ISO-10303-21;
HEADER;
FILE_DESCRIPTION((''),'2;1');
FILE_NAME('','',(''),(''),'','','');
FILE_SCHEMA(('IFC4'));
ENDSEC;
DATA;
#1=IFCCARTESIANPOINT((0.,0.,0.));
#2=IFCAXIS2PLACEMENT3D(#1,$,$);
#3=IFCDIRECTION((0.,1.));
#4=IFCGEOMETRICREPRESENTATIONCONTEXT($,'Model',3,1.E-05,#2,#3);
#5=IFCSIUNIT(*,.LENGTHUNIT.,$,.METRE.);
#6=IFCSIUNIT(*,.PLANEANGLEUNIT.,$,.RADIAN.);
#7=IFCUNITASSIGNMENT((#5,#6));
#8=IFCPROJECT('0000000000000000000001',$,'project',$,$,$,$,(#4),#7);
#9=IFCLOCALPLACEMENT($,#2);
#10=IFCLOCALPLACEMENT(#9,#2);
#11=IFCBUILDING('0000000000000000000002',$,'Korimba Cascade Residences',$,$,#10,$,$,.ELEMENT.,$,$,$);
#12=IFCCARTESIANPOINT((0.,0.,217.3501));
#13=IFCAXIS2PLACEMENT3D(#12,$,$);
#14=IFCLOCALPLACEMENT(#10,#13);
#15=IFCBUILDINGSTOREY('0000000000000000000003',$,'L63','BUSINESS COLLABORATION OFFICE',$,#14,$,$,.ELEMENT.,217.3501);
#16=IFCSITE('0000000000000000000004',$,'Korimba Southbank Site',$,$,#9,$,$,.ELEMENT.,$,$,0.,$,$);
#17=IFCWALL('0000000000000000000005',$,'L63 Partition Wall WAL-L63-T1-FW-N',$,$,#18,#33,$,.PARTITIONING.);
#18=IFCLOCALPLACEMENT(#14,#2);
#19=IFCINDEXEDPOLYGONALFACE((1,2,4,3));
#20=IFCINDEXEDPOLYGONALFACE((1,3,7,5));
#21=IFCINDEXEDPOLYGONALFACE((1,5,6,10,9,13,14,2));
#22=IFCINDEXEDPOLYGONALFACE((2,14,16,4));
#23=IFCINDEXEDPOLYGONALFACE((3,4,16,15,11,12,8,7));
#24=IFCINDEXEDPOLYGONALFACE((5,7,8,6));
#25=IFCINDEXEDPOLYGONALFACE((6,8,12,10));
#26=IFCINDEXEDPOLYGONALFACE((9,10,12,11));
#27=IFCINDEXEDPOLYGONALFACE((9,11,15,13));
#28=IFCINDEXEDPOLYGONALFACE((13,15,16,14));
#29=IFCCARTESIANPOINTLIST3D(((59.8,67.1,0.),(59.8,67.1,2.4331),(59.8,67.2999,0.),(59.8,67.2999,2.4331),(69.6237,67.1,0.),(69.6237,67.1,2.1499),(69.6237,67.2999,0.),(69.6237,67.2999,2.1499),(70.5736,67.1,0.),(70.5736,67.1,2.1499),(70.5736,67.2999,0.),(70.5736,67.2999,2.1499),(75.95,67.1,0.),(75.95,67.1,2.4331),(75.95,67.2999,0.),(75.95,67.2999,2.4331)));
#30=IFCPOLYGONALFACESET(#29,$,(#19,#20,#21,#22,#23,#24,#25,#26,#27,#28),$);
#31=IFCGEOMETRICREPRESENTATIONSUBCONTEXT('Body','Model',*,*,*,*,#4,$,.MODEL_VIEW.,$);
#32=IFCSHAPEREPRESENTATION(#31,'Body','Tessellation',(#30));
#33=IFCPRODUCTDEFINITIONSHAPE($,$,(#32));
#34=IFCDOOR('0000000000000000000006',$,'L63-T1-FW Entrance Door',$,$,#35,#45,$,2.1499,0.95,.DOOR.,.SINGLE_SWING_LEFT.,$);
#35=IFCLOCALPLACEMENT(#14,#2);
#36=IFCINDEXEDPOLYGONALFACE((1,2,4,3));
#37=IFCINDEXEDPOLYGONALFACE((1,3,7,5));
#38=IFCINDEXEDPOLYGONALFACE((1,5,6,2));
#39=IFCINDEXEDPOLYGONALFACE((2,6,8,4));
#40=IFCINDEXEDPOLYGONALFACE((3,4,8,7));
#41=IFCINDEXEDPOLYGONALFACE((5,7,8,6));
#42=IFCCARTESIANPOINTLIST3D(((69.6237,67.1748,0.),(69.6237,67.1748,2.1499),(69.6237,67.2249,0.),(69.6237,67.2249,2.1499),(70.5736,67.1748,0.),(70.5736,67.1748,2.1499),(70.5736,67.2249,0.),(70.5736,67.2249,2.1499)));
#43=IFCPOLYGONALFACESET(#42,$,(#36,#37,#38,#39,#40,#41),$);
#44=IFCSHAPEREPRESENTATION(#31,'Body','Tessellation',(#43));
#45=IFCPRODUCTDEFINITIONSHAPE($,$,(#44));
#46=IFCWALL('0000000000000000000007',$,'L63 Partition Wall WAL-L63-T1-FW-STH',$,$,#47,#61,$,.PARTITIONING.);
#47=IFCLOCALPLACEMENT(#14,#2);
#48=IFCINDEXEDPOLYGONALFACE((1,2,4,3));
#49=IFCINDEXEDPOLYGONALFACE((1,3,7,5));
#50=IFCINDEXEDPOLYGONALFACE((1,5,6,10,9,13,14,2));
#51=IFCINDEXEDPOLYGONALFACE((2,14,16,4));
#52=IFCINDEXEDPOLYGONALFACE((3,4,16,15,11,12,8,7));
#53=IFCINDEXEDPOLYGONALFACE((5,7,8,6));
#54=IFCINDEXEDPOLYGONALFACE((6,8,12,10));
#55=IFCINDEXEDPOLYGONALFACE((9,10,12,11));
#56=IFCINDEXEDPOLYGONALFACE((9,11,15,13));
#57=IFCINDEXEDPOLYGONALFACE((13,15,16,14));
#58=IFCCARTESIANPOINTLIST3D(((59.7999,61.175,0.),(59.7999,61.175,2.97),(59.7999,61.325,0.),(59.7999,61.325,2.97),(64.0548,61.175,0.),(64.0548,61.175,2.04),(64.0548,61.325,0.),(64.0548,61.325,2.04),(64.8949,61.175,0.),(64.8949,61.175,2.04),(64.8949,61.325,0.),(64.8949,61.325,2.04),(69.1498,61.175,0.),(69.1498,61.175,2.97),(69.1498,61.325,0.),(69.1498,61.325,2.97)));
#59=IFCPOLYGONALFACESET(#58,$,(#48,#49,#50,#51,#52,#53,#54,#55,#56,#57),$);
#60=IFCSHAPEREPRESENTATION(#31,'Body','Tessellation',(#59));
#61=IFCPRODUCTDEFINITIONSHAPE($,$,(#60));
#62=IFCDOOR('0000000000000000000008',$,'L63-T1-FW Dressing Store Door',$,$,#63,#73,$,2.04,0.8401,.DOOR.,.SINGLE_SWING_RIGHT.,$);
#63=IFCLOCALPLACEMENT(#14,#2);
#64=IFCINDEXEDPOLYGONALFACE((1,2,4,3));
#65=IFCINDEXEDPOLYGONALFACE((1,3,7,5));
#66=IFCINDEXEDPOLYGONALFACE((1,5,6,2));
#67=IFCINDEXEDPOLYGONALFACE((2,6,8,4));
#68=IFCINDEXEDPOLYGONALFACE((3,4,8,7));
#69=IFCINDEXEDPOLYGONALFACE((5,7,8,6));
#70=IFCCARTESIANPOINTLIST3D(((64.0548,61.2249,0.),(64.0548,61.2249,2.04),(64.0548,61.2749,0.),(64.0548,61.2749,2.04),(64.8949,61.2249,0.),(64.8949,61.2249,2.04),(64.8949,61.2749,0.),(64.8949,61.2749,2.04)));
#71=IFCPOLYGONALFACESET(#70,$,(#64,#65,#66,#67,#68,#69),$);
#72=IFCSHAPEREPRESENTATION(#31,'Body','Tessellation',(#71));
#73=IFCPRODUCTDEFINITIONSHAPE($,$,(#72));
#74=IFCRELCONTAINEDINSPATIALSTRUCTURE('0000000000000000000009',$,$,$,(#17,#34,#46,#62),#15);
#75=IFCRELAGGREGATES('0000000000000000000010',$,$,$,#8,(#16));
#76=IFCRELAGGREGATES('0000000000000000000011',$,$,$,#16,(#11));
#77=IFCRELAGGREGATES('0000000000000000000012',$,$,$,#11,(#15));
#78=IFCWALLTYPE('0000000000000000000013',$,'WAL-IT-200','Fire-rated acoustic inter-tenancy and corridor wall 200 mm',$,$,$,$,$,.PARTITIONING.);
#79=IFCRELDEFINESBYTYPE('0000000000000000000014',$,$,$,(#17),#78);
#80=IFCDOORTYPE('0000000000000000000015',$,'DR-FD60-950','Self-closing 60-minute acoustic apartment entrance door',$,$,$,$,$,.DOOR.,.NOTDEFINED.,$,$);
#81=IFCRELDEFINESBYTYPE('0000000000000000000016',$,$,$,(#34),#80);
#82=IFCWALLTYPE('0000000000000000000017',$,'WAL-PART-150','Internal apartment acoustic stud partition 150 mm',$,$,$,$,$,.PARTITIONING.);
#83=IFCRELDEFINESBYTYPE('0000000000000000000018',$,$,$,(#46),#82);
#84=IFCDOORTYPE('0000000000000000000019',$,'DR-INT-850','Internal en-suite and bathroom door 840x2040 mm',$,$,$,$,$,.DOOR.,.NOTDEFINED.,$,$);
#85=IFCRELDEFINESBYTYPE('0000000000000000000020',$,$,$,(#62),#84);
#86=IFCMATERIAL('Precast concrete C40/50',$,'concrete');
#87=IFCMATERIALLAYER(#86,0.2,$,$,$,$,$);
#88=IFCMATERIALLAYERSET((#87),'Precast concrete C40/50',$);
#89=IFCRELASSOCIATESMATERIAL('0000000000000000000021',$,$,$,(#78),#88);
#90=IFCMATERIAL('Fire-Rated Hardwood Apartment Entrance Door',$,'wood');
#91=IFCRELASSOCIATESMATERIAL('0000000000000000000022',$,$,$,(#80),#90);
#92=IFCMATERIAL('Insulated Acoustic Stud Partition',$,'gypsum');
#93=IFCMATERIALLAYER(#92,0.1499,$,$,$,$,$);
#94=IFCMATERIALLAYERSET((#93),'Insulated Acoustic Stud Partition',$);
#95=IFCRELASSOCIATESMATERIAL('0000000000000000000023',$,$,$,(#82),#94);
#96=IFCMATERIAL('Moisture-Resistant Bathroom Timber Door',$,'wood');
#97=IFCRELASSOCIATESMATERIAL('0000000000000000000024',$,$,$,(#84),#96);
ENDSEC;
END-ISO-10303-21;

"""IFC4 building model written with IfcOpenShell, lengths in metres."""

from ifc_helpers import new_model, si_unit, direction, frame, frame_2d, origin, place, context, subcontext, project, spatial, rectangle, extrude, material, layer, layer_set, type_object, element, fill, save


model = new_model("IFC4")

# Units and contexts
model_context = context("Model", 3, precision=1e-05, world=origin(), true_north=direction((0.0, 1.0)))
body_context = subcontext(model_context, "Body", "Model", "MODEL_VIEW")
ifc_project = project(units=[si_unit("LENGTHUNIT", "METRE"), si_unit("PLANEANGLEUNIT", "RADIAN")], contexts=[model_context])

# Site, building, storey
site_placement = place(None, origin())
site = spatial("IfcSite", under=ifc_project, at=site_placement, Name="Korimba Southbank Site", CompositionType="ELEMENT", RefElevation=0.0)
building_placement = place(site_placement, origin())
building = spatial("IfcBuilding", under=site, at=building_placement, Name="Korimba Cascade Residences", CompositionType="ELEMENT")
storey_placement = place(building_placement, frame((0.0, 0.0, 217.3501)))
storey = spatial("IfcBuildingStorey", under=building, at=storey_placement, Name="L63", Description="BUSINESS COLLABORATION OFFICE", CompositionType="ELEMENT", Elevation=217.3501)

# Shared definitions
ifc_material_1 = material(Name="Precast concrete C40/50", Category="concrete")

# Shared definitions
ifc_layer_1 = layer(ifc_material_1, 0.2)
ifc_layer_set_1 = layer_set([ifc_layer_1], Name="Precast concrete C40/50")
wall_type_1 = type_object("IfcWallType", Name="WAL-IT-200", Description="Fire-rated acoustic inter-tenancy and corridor wall 200 mm", PredefinedType="PARTITIONING", material=ifc_layer_set_1)

# Walls, openings, doors
wall_1_placement = place(storey_placement, frame((59.8, 67.2, 0.0), z_axis=(0.0, 0.0, 1.0), x_axis=(1.0, 0.0, 0.0)))
wall_1 = element("IfcWall", 1, at=wall_1_placement, inside=storey, type_object=wall_type_1, Name="L63 Partition Wall WAL-L63-T1-FW-N", PredefinedType="PARTITIONING", context=body_context, shape_type="SweptSolid", body=[
    extrude(rectangle(XDim=16.1499, YDim=0.2, at=frame_2d((8.075, 0.0))), origin(), (0.0, 0.0, 1.0), 2.4331),
])
opening_1_placement = place(wall_1_placement, frame((9.8235, 0.0, 0.0)))
opening_1 = element("IfcOpeningElement", 2, at=opening_1_placement, cuts=wall_1, PredefinedType="OPENING", context=body_context, shape_type="SweptSolid", body=[
    extrude(rectangle(XDim=0.95, YDim=2.1499, at=frame_2d((0.4751, 1.075))), frame((0.0, 0.1099, 0.0), z_axis=(0.0, -1.0, 0.0), x_axis=(1.0, 0.0, 0.0)), (0.0, 0.0, 1.0), 0.22),
])
ifc_material_2 = material(Name="Fire-Rated Hardwood Apartment Entrance Door", Category="wood")
door_type_1 = type_object("IfcDoorType", Name="DR-FD60-950", Description="Self-closing 60-minute acoustic apartment entrance door", OperationType="NOTDEFINED", PredefinedType="DOOR", material=ifc_material_2)
door_1_placement = place(opening_1_placement, origin())
door_1 = element("IfcDoor", 3, at=door_1_placement, inside=storey, type_object=door_type_1, Name="L63-T1-FW Entrance Door", OperationType="SINGLE_SWING_LEFT", OverallHeight=2.1499, OverallWidth=0.95, PredefinedType="DOOR", context=body_context, shape_type="SweptSolid", body=[
    extrude(rectangle(XDim=0.95, YDim=2.1499, at=frame_2d((0.4751, 1.075))), frame((0.0, 0.0249, 0.0), z_axis=(0.0, -1.0, 0.0), x_axis=(1.0, 0.0, 0.0)), (0.0, 0.0, 1.0), 0.05),
])
fill(opening_1, door_1)
ifc_material_3 = material(Name="Insulated Acoustic Stud Partition", Category="gypsum")
ifc_layer_2 = layer(ifc_material_3, 0.1499)
ifc_layer_set_2 = layer_set([ifc_layer_2], Name="Insulated Acoustic Stud Partition")
wall_type_2 = type_object("IfcWallType", Name="WAL-PART-150", Description="Internal apartment acoustic stud partition 150 mm", PredefinedType="PARTITIONING", material=ifc_layer_set_2)
wall_2_placement = place(storey_placement, frame((59.8, 61.25, 0.0), z_axis=(0.0, 0.0, 1.0), x_axis=(1.0, 0.0, 0.0)))
wall_2 = element("IfcWall", 4, at=wall_2_placement, inside=storey, type_object=wall_type_2, Name="L63 Partition Wall WAL-L63-T1-FW-STH", PredefinedType="PARTITIONING", context=body_context, shape_type="SweptSolid", body=[
    extrude(rectangle(XDim=9.3499, YDim=0.1499, at=frame_2d((4.6748, 0.0))), origin(), (0.0, 0.0, 1.0), 2.97),
])
opening_2_placement = place(wall_2_placement, frame((4.2549, 0.0, 0.0)))
opening_2 = element("IfcOpeningElement", 5, at=opening_2_placement, cuts=wall_2, PredefinedType="OPENING", context=body_context, shape_type="SweptSolid", body=[
    extrude(rectangle(XDim=0.8401, YDim=2.04, at=frame_2d((0.4199, 1.02))), frame((0.0, 0.085, 0.0), z_axis=(0.0, -1.0, 0.0), x_axis=(1.0, 0.0, 0.0)), (0.0, 0.0, 1.0), 0.1699),
])
ifc_material_4 = material(Name="Moisture-Resistant Bathroom Timber Door", Category="wood")
door_type_2 = type_object("IfcDoorType", Name="DR-INT-850", Description="Internal en-suite and bathroom door 840x2040 mm", OperationType="NOTDEFINED", PredefinedType="DOOR", material=ifc_material_4)
door_2_placement = place(opening_2_placement, origin())
door_2 = element("IfcDoor", 6, at=door_2_placement, inside=storey, type_object=door_type_2, Name="L63-T1-FW Dressing Store Door", OperationType="SINGLE_SWING_RIGHT", OverallHeight=2.04, OverallWidth=0.8401, PredefinedType="DOOR", context=body_context, shape_type="SweptSolid", body=[
    extrude(rectangle(XDim=0.8401, YDim=2.04, at=frame_2d((0.4199, 1.02))), frame((0.0, 0.0249, 0.0), z_axis=(0.0, -1.0, 0.0), x_axis=(1.0, 0.0, 0.0)), (0.0, 0.0, 1.0), 0.05),
])
fill(opening_2, door_2)

save(model, "model.ifc")
